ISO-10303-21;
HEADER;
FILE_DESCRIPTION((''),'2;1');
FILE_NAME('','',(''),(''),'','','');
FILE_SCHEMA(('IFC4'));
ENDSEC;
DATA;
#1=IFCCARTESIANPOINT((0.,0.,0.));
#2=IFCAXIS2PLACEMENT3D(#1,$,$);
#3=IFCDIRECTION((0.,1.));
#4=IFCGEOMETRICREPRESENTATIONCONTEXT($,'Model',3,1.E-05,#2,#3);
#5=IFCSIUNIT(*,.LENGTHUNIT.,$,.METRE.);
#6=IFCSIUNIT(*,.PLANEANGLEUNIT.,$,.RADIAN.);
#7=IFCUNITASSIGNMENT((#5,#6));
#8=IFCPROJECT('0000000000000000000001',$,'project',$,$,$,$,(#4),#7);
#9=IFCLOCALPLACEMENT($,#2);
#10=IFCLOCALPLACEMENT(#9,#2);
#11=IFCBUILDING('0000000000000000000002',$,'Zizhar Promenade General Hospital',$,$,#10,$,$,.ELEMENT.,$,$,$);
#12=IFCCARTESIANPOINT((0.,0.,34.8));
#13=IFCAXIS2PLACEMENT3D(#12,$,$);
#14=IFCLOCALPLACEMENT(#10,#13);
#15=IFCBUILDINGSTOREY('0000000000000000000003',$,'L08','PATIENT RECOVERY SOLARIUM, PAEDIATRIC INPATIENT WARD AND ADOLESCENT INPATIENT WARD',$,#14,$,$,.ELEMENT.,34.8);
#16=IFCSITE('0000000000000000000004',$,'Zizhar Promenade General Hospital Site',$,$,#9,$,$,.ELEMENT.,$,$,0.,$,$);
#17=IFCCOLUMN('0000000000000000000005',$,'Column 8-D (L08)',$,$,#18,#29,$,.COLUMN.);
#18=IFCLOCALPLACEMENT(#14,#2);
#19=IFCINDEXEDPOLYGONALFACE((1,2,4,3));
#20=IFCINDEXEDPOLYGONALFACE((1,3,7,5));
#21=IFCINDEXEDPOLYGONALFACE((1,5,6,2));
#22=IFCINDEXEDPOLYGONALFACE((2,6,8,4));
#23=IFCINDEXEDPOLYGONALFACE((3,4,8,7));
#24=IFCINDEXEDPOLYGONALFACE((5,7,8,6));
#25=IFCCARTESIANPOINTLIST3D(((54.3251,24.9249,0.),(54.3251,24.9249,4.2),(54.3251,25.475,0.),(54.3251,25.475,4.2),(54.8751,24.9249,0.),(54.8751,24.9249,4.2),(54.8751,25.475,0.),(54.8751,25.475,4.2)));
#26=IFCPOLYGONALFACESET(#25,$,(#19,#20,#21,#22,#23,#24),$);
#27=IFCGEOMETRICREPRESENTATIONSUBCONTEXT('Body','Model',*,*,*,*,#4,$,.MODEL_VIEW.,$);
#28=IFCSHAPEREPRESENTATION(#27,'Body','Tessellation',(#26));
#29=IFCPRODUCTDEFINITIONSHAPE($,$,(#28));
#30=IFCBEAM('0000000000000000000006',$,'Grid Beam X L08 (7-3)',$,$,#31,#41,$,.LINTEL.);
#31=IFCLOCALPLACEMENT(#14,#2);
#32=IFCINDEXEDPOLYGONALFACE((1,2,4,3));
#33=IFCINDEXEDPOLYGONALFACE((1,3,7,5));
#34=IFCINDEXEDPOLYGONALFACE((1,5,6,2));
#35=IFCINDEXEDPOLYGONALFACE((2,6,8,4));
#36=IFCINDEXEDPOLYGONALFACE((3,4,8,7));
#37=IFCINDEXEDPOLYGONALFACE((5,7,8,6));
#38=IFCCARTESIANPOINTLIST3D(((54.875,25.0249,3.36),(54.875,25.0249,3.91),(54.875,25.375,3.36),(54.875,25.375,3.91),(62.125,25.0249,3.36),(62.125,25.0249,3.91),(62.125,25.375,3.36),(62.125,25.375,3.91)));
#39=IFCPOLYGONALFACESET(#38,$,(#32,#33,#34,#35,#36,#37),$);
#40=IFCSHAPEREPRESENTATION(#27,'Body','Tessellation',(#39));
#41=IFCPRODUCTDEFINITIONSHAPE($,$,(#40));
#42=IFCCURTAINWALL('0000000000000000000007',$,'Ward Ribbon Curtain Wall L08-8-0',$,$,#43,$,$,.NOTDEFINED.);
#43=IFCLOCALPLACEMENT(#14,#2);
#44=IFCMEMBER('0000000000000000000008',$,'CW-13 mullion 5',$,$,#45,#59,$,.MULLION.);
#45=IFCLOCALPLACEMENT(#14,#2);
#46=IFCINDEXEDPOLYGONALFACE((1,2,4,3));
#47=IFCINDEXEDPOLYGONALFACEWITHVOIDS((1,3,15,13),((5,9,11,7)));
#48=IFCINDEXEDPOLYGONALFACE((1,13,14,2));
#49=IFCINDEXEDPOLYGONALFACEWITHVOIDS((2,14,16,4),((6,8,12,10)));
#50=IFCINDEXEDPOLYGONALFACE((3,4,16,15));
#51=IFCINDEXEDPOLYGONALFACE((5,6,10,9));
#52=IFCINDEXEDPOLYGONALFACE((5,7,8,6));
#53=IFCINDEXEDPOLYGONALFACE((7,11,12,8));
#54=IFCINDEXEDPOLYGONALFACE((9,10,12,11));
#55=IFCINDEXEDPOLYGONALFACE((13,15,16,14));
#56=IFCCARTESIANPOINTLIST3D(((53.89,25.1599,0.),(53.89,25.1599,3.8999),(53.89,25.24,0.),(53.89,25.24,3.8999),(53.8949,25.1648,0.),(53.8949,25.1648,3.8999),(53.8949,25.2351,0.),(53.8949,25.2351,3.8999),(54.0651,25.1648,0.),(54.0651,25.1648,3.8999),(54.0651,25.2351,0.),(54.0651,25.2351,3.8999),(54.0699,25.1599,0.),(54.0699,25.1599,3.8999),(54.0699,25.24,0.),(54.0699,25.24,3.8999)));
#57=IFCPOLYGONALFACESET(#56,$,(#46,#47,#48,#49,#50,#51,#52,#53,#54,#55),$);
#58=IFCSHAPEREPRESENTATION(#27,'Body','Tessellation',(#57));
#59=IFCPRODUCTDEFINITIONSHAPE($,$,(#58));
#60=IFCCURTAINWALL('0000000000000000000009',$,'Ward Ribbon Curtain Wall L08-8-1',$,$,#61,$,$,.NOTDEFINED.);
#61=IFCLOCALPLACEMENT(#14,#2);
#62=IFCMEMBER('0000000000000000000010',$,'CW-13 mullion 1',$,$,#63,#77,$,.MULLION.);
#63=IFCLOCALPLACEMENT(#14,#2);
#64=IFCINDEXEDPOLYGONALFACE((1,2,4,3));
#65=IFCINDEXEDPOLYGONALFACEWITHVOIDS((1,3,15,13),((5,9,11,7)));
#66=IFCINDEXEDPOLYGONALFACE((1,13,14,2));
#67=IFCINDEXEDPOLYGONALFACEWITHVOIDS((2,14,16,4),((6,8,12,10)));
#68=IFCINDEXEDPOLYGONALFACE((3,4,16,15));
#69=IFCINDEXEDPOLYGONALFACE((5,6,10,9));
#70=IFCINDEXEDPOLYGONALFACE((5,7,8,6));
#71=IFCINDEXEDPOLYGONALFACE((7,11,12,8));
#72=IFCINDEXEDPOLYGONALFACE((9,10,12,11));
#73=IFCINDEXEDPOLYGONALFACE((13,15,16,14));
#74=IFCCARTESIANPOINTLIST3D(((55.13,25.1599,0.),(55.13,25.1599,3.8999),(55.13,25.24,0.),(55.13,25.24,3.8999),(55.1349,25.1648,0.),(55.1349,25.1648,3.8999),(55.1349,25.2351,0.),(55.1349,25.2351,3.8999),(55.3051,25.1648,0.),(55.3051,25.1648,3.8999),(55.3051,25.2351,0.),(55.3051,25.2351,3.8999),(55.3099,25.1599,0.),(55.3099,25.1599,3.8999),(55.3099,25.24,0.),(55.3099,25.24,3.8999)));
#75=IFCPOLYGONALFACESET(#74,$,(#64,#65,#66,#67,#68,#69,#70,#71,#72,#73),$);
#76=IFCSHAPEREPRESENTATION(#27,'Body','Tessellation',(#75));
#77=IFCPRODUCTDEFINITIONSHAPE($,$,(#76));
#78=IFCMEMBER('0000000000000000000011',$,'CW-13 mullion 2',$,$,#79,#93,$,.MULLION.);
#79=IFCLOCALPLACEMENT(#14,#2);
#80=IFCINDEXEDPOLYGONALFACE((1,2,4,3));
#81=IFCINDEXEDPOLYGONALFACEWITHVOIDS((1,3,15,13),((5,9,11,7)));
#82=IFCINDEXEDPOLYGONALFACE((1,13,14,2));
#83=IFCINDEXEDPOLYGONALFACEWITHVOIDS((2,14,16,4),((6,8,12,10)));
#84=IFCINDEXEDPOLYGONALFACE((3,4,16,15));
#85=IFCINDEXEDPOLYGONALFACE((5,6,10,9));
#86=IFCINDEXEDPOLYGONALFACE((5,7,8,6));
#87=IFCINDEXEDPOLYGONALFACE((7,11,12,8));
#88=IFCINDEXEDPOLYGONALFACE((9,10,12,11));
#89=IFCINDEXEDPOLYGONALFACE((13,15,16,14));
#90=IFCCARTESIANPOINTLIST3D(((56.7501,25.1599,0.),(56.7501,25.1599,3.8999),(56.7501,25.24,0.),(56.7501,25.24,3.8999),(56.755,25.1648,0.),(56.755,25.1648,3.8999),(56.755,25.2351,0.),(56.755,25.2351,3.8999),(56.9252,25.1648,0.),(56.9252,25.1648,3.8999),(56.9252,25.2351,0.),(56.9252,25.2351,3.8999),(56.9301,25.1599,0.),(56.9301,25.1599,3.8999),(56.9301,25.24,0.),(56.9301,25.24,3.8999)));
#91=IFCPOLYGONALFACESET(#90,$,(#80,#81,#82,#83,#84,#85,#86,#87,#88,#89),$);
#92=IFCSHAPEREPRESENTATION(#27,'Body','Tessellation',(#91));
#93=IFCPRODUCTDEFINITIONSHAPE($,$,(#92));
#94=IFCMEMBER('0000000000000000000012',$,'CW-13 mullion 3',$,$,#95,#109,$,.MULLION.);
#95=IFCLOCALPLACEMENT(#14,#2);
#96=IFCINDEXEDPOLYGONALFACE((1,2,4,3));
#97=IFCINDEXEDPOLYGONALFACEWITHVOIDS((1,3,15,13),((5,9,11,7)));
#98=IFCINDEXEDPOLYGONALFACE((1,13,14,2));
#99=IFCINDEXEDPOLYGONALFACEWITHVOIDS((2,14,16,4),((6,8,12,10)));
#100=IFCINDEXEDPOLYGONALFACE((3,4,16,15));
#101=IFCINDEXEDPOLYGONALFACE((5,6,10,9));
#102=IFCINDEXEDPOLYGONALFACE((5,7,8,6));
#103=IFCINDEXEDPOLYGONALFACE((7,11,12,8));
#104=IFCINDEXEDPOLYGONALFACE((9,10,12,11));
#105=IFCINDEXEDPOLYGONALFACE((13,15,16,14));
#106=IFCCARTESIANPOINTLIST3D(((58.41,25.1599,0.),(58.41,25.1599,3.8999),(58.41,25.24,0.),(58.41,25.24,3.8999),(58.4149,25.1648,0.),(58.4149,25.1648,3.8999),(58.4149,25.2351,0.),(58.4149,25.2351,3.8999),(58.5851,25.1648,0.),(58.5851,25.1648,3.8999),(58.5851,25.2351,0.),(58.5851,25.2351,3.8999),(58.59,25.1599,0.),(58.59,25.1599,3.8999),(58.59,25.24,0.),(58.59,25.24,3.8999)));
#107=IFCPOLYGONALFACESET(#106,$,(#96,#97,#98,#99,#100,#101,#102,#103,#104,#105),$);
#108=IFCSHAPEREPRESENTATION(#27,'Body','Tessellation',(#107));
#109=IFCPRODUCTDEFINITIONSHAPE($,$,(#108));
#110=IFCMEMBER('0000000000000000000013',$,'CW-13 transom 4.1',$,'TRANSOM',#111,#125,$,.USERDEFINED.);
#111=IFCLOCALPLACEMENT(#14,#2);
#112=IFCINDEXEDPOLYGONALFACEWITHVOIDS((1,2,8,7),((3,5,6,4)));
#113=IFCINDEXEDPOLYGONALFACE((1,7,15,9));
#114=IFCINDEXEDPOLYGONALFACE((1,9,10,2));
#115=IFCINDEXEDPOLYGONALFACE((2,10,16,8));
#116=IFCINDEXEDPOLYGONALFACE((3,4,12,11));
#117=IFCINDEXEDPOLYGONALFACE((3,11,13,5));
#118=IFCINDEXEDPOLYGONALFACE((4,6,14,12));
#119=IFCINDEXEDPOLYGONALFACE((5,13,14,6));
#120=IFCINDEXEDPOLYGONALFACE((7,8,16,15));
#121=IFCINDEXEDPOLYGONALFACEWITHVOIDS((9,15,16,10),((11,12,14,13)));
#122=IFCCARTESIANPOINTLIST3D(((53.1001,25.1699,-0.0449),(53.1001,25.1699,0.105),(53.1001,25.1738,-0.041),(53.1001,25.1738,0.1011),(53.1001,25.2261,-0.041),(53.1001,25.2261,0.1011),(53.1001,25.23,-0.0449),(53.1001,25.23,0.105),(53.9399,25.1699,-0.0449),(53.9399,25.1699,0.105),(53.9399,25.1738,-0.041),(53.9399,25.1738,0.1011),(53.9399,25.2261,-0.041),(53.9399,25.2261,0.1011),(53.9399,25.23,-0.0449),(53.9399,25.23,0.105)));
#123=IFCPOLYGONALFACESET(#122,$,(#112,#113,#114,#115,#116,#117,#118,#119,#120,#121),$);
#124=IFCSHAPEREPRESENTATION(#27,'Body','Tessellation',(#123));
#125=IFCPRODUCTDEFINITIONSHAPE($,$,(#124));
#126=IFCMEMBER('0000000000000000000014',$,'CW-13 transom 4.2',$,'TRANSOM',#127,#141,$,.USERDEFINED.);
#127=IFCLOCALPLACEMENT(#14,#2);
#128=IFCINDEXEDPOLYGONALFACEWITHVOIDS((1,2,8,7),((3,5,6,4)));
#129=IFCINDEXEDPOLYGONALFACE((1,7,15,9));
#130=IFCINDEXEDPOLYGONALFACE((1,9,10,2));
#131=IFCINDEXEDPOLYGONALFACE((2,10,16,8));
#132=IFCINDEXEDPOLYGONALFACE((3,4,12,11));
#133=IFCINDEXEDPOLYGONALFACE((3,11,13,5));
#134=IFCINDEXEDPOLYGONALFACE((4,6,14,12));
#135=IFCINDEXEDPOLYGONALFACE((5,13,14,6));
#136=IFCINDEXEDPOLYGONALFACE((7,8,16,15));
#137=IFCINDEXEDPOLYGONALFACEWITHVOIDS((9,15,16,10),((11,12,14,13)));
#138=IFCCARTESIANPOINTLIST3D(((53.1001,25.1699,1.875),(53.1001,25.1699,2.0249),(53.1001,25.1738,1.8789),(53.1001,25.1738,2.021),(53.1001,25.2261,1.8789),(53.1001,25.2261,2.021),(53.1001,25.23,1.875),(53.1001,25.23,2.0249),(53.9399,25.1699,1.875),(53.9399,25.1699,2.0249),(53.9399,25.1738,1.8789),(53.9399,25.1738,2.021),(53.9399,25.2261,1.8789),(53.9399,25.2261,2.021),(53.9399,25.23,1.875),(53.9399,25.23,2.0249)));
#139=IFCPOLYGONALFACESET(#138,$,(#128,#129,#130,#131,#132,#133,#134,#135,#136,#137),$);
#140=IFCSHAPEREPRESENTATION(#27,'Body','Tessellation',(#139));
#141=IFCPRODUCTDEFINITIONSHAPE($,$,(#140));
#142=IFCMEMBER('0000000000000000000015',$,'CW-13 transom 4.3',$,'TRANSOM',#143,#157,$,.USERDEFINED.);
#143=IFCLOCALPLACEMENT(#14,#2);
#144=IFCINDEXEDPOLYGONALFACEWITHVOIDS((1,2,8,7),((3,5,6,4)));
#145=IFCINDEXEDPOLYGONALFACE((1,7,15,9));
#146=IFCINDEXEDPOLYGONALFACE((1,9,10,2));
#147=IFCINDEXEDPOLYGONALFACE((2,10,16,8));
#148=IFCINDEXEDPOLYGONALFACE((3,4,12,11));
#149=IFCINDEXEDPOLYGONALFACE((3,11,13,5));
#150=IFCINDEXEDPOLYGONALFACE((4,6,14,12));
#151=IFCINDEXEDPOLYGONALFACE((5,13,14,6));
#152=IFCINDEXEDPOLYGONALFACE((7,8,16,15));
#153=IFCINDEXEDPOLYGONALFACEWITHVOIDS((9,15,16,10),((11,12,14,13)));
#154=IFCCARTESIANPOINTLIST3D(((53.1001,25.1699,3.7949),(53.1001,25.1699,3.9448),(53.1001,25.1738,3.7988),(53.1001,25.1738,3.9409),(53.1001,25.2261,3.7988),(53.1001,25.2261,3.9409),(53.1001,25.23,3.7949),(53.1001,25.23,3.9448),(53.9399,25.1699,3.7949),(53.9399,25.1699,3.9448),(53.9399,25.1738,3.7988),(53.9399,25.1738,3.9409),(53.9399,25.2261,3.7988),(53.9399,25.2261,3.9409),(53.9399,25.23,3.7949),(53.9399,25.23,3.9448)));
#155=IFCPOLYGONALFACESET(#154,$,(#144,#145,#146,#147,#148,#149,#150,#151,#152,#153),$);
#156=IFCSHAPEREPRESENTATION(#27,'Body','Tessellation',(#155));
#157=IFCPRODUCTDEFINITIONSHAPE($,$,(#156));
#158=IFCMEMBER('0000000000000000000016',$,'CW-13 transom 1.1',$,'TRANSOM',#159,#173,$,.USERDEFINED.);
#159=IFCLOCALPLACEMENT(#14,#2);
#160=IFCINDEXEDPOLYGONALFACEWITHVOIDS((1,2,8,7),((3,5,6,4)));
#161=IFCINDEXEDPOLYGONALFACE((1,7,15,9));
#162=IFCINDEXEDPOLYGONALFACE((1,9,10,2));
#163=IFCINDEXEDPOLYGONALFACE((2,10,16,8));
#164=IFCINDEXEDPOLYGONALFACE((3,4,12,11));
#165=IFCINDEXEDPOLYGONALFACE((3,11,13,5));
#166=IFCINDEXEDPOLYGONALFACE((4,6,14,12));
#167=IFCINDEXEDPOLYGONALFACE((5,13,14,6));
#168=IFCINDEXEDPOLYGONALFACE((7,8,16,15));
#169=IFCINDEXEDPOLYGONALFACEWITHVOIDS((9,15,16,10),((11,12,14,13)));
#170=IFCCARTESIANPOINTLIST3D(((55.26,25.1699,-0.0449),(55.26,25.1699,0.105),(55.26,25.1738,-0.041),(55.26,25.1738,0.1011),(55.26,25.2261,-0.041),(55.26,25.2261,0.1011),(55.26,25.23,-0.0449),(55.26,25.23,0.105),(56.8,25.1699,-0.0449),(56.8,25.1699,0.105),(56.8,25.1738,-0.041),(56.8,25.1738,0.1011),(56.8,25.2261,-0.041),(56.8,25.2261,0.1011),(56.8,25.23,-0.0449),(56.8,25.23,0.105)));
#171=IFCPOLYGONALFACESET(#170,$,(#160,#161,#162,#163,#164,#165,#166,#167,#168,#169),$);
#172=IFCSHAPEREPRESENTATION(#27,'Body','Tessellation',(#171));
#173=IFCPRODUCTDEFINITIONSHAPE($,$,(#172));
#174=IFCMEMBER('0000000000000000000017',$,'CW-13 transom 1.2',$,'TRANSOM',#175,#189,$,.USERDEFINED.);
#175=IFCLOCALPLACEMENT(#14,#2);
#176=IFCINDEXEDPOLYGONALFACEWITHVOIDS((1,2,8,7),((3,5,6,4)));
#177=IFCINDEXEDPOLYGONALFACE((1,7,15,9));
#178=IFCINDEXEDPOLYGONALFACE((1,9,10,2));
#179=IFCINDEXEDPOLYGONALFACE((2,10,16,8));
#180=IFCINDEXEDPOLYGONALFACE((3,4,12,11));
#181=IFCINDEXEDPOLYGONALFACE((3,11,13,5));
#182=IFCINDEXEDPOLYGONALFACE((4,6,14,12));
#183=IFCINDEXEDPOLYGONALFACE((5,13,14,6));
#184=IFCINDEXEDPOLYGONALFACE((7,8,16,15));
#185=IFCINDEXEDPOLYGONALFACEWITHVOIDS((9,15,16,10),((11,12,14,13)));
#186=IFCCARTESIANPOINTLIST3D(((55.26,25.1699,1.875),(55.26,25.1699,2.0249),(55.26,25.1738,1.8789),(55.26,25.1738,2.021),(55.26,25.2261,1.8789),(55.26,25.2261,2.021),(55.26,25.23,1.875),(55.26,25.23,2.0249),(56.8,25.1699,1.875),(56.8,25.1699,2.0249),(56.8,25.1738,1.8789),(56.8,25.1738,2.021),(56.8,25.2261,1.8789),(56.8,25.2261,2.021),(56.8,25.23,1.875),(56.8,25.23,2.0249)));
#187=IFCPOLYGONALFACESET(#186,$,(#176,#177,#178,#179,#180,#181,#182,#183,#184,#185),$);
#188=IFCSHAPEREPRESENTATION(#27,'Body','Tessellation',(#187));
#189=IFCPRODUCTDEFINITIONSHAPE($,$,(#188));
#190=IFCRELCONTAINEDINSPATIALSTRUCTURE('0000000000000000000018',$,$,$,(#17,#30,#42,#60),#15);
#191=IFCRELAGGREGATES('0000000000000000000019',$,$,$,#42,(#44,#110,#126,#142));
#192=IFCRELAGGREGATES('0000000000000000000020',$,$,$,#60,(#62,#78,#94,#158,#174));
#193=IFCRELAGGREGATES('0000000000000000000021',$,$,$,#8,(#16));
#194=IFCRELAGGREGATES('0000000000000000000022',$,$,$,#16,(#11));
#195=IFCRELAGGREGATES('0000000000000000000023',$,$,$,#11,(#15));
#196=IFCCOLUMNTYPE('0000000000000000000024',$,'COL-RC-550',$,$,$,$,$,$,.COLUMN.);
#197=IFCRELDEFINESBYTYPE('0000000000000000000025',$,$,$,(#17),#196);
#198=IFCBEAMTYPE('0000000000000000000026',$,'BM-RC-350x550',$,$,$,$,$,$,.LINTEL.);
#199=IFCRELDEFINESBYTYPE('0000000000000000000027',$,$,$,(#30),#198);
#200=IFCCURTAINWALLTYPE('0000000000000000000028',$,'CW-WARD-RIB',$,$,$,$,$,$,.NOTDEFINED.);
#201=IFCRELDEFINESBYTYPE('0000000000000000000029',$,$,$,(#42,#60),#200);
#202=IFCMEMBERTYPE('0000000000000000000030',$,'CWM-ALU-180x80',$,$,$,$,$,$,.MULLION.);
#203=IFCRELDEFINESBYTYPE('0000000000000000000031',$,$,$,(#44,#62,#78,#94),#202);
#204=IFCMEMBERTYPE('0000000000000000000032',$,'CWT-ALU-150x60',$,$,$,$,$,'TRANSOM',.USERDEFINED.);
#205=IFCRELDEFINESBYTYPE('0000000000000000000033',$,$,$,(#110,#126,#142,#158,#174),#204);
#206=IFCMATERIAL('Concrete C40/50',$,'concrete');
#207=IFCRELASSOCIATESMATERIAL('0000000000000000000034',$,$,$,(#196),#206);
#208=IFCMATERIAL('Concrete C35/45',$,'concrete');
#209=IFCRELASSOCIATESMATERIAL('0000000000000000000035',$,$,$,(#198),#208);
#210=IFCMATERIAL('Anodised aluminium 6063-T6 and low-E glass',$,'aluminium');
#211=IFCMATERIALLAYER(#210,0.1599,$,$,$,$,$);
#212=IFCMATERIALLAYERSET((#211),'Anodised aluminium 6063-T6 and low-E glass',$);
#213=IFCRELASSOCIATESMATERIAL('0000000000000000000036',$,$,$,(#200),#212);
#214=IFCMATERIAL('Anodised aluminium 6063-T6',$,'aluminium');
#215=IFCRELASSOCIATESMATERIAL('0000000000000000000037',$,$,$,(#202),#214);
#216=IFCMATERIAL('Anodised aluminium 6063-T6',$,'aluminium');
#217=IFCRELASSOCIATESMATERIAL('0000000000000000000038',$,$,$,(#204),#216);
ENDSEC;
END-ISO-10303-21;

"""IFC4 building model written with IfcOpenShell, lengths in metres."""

from ifc_helpers import new_model, si_unit, direction, frame, origin, origin_2d, place, context, subcontext, project, spatial, rectangle, hollow_rectangle, extrude, material, layer, layer_set, material_profile, profile_set, type_object, element, aggregate, save


model = new_model("IFC4")

# Units and contexts
model_context = context("Model", 3, precision=1e-05, world=origin(), true_north=direction((0.0, 1.0)))
body_context = subcontext(model_context, "Body", "Model", "MODEL_VIEW")
ifc_project = project(units=[si_unit("LENGTHUNIT", "METRE"), si_unit("PLANEANGLEUNIT", "RADIAN")], contexts=[model_context])

# Site, building, storey
site_placement = place(None, origin())
site = spatial("IfcSite", under=ifc_project, at=site_placement, Name="Zizhar Promenade General Hospital Site", CompositionType="ELEMENT", RefElevation=0.0)
building_placement = place(site_placement, origin())
building = spatial("IfcBuilding", under=site, at=building_placement, Name="Zizhar Promenade General Hospital", CompositionType="ELEMENT")
storey_placement = place(building_placement, frame((0.0, 0.0, 34.8)))
storey = spatial("IfcBuildingStorey", under=building, at=storey_placement, Name="L08", Description="PATIENT RECOVERY SOLARIUM, PAEDIATRIC INPATIENT WARD AND ADOLESCENT INPATIENT WARD", CompositionType="ELEMENT", Elevation=34.8)

# Column
ifc_material_1 = material(Name="Concrete C40/50", Category="concrete")
ifc_material_profile_1 = material_profile(ifc_material_1, rectangle(XDim=0.55, YDim=0.55, at=origin_2d()))
ifc_profile_set_1 = profile_set([ifc_material_profile_1], Name="Concrete C40/50")
column_type = type_object("IfcColumnType", Name="COL-RC-550", PredefinedType="COLUMN", material=ifc_profile_set_1)
column_placement = place(storey_placement, frame((54.6001, 25.2, 0.0), z_axis=(0.0, 0.0, 1.0), x_axis=(1.0, 0.0, 0.0)))
element("IfcColumn", 1, at=column_placement, inside=storey, type_object=column_type, Name="Column 8-D (L08)", PredefinedType="COLUMN", context=body_context, shape_type="SweptSolid", body=[
    extrude(rectangle(XDim=0.55, YDim=0.55, at=origin_2d()), origin(), (0.0, 0.0, 1.0), 4.2),
])

# Beam
ifc_material_2 = material(Name="Concrete C35/45", Category="concrete")
ifc_material_profile_2 = material_profile(ifc_material_2, rectangle(XDim=0.3501, YDim=0.55, at=origin_2d()))
ifc_profile_set_2 = profile_set([ifc_material_profile_2], Name="Concrete C35/45")
beam_type = type_object("IfcBeamType", Name="BM-RC-350x550", PredefinedType="LINTEL", material=ifc_profile_set_2)
beam_placement = place(storey_placement, frame((54.875, 25.2, 3.635), z_axis=(1.0, 0.0, 0.0), x_axis=(0.0, 1.0, 0.0)))
element("IfcBeam", 2, at=beam_placement, inside=storey, type_object=beam_type, Name="Grid Beam X L08 (7-3)", PredefinedType="LINTEL", context=body_context, shape_type="SweptSolid", body=[
    extrude(rectangle(XDim=0.3501, YDim=0.55, at=origin_2d()), origin(), (0.0, 0.0, 1.0), 7.25),
])

# Curtain wall, member
ifc_material_3 = material(Name="Anodised aluminium 6063-T6 and low-E glass", Category="aluminium")
ifc_layer_1 = layer(ifc_material_3, 0.1599)
ifc_layer_set_1 = layer_set([ifc_layer_1], Name="Anodised aluminium 6063-T6 and low-E glass")
curtain_wall_type = type_object("IfcCurtainWallType", Name="CW-WARD-RIB", PredefinedType="NOTDEFINED", material=ifc_layer_set_1)
curtain_wall_1_placement = place(storey_placement, origin())
curtain_wall_1 = element("IfcCurtainWall", 3, at=curtain_wall_1_placement, inside=storey, type_object=curtain_wall_type, Name="Ward Ribbon Curtain Wall L08-8-0", PredefinedType="NOTDEFINED")
ifc_material_4 = material(Name="Anodised aluminium 6063-T6", Category="aluminium")
ifc_material_profile_3 = material_profile(ifc_material_4, hollow_rectangle(XDim=0.0801, YDim=0.1799, WallThickness=0.0049, at=origin_2d()))
ifc_profile_set_3 = profile_set([ifc_material_profile_3], Name="Anodised aluminium 6063-T6")
member_type_1 = type_object("IfcMemberType", Name="CWM-ALU-180x80", PredefinedType="MULLION", material=ifc_profile_set_3)
member_1_placement = place(storey_placement, frame((53.98, 25.2, 0.0), z_axis=(0.0, 0.0, 1.0), x_axis=(0.0, 1.0, 0.0)))
member_1 = element("IfcMember", 4, at=member_1_placement, type_object=member_type_1, Name="CW-13 mullion 5", PredefinedType="MULLION", context=body_context, shape_type="SweptSolid", body=[
    extrude(hollow_rectangle(XDim=0.0801, YDim=0.1799, WallThickness=0.0049, at=origin_2d()), origin(), (0.0, 0.0, 1.0), 3.8999),
])

# Curtain wall, members
curtain_wall_2_placement = place(storey_placement, origin())
curtain_wall_2 = element("IfcCurtainWall", 5, at=curtain_wall_2_placement, inside=storey, type_object=curtain_wall_type, Name="Ward Ribbon Curtain Wall L08-8-1", PredefinedType="NOTDEFINED")
member_2_placement = place(storey_placement, frame((55.22, 25.2, 0.0), z_axis=(0.0, 0.0, 1.0), x_axis=(0.0, 1.0, 0.0)))
member_2 = element("IfcMember", 6, at=member_2_placement, type_object=member_type_1, Name="CW-13 mullion 1", PredefinedType="MULLION", context=body_context, shape_type="SweptSolid", body=[
    extrude(hollow_rectangle(XDim=0.0801, YDim=0.1799, WallThickness=0.0049, at=origin_2d()), origin(), (0.0, 0.0, 1.0), 3.8999),
])
member_3_placement = place(storey_placement, frame((56.8401, 25.2, 0.0), z_axis=(0.0, 0.0, 1.0), x_axis=(0.0, 1.0, 0.0)))
member_3 = element("IfcMember", 7, at=member_3_placement, type_object=member_type_1, Name="CW-13 mullion 2", PredefinedType="MULLION", context=body_context, shape_type="SweptSolid", body=[
    extrude(hollow_rectangle(XDim=0.0801, YDim=0.1799, WallThickness=0.0049, at=origin_2d()), origin(), (0.0, 0.0, 1.0), 3.8999),
])
member_4_placement = place(storey_placement, frame((58.5, 25.2, 0.0), z_axis=(0.0, 0.0, 1.0), x_axis=(0.0, 1.0, 0.0)))
member_4 = element("IfcMember", 8, at=member_4_placement, type_object=member_type_1, Name="CW-13 mullion 3", PredefinedType="MULLION", context=body_context, shape_type="SweptSolid", body=[
    extrude(hollow_rectangle(XDim=0.0801, YDim=0.1799, WallThickness=0.0049, at=origin_2d()), origin(), (0.0, 0.0, 1.0), 3.8999),
])

# Members
ifc_material_5 = material(Name="Anodised aluminium 6063-T6", Category="aluminium")
ifc_material_profile_4 = material_profile(ifc_material_5, hollow_rectangle(XDim=0.0601, YDim=0.1499, WallThickness=0.0039, at=origin_2d()))
ifc_profile_set_4 = profile_set([ifc_material_profile_4], Name="Anodised aluminium 6063-T6")
member_type_2 = type_object("IfcMemberType", Name="CWT-ALU-150x60", ElementType="TRANSOM", PredefinedType="USERDEFINED", material=ifc_profile_set_4)
member_5_placement = place(storey_placement, frame((53.1001, 25.2, 0.03), z_axis=(1.0, 0.0, 0.0), x_axis=(0.0, 1.0, 0.0)))
member_5 = element("IfcMember", 9, at=member_5_placement, type_object=member_type_2, Name="CW-13 transom 4.1", ObjectType="TRANSOM", PredefinedType="USERDEFINED", context=body_context, shape_type="SweptSolid", body=[
    extrude(hollow_rectangle(XDim=0.0601, YDim=0.1499, WallThickness=0.0039, at=origin_2d()), origin(), (0.0, 0.0, 1.0), 0.8398),
])
member_6_placement = place(storey_placement, frame((53.1001, 25.2, 1.95), z_axis=(1.0, 0.0, 0.0), x_axis=(0.0, 1.0, 0.0)))
member_6 = element("IfcMember", 10, at=member_6_placement, type_object=member_type_2, Name="CW-13 transom 4.2", ObjectType="TRANSOM", PredefinedType="USERDEFINED", context=body_context, shape_type="SweptSolid", body=[
    extrude(hollow_rectangle(XDim=0.0601, YDim=0.1499, WallThickness=0.0039, at=origin_2d()), origin(), (0.0, 0.0, 1.0), 0.8398),
])
member_7_placement = place(storey_placement, frame((53.1001, 25.2, 3.8699), z_axis=(1.0, 0.0, 0.0), x_axis=(0.0, 1.0, 0.0)))
member_7 = element("IfcMember", 11, at=member_7_placement, type_object=member_type_2, Name="CW-13 transom 4.3", ObjectType="TRANSOM", PredefinedType="USERDEFINED", context=body_context, shape_type="SweptSolid", body=[
    extrude(hollow_rectangle(XDim=0.0601, YDim=0.1499, WallThickness=0.0039, at=origin_2d()), origin(), (0.0, 0.0, 1.0), 0.8398),
])
member_8_placement = place(storey_placement, frame((55.26, 25.2, 0.03), z_axis=(1.0, 0.0, 0.0), x_axis=(0.0, 1.0, 0.0)))
member_8 = element("IfcMember", 12, at=member_8_placement, type_object=member_type_2, Name="CW-13 transom 1.1", ObjectType="TRANSOM", PredefinedType="USERDEFINED", context=body_context, shape_type="SweptSolid", body=[
    extrude(hollow_rectangle(XDim=0.0601, YDim=0.1499, WallThickness=0.0039, at=origin_2d()), origin(), (0.0, 0.0, 1.0), 1.54),
])
member_9_placement = place(storey_placement, frame((55.26, 25.2, 1.95), z_axis=(1.0, 0.0, 0.0), x_axis=(0.0, 1.0, 0.0)))
member_9 = element("IfcMember", 13, at=member_9_placement, type_object=member_type_2, Name="CW-13 transom 1.2", ObjectType="TRANSOM", PredefinedType="USERDEFINED", context=body_context, shape_type="SweptSolid", body=[
    extrude(hollow_rectangle(XDim=0.0601, YDim=0.1499, WallThickness=0.0039, at=origin_2d()), origin(), (0.0, 0.0, 1.0), 1.54),
])

aggregate(curtain_wall_1, [member_1, member_5, member_6, member_7])
aggregate(curtain_wall_2, [member_2, member_3, member_4, member_8, member_9])

save(model, "model.ifc")
